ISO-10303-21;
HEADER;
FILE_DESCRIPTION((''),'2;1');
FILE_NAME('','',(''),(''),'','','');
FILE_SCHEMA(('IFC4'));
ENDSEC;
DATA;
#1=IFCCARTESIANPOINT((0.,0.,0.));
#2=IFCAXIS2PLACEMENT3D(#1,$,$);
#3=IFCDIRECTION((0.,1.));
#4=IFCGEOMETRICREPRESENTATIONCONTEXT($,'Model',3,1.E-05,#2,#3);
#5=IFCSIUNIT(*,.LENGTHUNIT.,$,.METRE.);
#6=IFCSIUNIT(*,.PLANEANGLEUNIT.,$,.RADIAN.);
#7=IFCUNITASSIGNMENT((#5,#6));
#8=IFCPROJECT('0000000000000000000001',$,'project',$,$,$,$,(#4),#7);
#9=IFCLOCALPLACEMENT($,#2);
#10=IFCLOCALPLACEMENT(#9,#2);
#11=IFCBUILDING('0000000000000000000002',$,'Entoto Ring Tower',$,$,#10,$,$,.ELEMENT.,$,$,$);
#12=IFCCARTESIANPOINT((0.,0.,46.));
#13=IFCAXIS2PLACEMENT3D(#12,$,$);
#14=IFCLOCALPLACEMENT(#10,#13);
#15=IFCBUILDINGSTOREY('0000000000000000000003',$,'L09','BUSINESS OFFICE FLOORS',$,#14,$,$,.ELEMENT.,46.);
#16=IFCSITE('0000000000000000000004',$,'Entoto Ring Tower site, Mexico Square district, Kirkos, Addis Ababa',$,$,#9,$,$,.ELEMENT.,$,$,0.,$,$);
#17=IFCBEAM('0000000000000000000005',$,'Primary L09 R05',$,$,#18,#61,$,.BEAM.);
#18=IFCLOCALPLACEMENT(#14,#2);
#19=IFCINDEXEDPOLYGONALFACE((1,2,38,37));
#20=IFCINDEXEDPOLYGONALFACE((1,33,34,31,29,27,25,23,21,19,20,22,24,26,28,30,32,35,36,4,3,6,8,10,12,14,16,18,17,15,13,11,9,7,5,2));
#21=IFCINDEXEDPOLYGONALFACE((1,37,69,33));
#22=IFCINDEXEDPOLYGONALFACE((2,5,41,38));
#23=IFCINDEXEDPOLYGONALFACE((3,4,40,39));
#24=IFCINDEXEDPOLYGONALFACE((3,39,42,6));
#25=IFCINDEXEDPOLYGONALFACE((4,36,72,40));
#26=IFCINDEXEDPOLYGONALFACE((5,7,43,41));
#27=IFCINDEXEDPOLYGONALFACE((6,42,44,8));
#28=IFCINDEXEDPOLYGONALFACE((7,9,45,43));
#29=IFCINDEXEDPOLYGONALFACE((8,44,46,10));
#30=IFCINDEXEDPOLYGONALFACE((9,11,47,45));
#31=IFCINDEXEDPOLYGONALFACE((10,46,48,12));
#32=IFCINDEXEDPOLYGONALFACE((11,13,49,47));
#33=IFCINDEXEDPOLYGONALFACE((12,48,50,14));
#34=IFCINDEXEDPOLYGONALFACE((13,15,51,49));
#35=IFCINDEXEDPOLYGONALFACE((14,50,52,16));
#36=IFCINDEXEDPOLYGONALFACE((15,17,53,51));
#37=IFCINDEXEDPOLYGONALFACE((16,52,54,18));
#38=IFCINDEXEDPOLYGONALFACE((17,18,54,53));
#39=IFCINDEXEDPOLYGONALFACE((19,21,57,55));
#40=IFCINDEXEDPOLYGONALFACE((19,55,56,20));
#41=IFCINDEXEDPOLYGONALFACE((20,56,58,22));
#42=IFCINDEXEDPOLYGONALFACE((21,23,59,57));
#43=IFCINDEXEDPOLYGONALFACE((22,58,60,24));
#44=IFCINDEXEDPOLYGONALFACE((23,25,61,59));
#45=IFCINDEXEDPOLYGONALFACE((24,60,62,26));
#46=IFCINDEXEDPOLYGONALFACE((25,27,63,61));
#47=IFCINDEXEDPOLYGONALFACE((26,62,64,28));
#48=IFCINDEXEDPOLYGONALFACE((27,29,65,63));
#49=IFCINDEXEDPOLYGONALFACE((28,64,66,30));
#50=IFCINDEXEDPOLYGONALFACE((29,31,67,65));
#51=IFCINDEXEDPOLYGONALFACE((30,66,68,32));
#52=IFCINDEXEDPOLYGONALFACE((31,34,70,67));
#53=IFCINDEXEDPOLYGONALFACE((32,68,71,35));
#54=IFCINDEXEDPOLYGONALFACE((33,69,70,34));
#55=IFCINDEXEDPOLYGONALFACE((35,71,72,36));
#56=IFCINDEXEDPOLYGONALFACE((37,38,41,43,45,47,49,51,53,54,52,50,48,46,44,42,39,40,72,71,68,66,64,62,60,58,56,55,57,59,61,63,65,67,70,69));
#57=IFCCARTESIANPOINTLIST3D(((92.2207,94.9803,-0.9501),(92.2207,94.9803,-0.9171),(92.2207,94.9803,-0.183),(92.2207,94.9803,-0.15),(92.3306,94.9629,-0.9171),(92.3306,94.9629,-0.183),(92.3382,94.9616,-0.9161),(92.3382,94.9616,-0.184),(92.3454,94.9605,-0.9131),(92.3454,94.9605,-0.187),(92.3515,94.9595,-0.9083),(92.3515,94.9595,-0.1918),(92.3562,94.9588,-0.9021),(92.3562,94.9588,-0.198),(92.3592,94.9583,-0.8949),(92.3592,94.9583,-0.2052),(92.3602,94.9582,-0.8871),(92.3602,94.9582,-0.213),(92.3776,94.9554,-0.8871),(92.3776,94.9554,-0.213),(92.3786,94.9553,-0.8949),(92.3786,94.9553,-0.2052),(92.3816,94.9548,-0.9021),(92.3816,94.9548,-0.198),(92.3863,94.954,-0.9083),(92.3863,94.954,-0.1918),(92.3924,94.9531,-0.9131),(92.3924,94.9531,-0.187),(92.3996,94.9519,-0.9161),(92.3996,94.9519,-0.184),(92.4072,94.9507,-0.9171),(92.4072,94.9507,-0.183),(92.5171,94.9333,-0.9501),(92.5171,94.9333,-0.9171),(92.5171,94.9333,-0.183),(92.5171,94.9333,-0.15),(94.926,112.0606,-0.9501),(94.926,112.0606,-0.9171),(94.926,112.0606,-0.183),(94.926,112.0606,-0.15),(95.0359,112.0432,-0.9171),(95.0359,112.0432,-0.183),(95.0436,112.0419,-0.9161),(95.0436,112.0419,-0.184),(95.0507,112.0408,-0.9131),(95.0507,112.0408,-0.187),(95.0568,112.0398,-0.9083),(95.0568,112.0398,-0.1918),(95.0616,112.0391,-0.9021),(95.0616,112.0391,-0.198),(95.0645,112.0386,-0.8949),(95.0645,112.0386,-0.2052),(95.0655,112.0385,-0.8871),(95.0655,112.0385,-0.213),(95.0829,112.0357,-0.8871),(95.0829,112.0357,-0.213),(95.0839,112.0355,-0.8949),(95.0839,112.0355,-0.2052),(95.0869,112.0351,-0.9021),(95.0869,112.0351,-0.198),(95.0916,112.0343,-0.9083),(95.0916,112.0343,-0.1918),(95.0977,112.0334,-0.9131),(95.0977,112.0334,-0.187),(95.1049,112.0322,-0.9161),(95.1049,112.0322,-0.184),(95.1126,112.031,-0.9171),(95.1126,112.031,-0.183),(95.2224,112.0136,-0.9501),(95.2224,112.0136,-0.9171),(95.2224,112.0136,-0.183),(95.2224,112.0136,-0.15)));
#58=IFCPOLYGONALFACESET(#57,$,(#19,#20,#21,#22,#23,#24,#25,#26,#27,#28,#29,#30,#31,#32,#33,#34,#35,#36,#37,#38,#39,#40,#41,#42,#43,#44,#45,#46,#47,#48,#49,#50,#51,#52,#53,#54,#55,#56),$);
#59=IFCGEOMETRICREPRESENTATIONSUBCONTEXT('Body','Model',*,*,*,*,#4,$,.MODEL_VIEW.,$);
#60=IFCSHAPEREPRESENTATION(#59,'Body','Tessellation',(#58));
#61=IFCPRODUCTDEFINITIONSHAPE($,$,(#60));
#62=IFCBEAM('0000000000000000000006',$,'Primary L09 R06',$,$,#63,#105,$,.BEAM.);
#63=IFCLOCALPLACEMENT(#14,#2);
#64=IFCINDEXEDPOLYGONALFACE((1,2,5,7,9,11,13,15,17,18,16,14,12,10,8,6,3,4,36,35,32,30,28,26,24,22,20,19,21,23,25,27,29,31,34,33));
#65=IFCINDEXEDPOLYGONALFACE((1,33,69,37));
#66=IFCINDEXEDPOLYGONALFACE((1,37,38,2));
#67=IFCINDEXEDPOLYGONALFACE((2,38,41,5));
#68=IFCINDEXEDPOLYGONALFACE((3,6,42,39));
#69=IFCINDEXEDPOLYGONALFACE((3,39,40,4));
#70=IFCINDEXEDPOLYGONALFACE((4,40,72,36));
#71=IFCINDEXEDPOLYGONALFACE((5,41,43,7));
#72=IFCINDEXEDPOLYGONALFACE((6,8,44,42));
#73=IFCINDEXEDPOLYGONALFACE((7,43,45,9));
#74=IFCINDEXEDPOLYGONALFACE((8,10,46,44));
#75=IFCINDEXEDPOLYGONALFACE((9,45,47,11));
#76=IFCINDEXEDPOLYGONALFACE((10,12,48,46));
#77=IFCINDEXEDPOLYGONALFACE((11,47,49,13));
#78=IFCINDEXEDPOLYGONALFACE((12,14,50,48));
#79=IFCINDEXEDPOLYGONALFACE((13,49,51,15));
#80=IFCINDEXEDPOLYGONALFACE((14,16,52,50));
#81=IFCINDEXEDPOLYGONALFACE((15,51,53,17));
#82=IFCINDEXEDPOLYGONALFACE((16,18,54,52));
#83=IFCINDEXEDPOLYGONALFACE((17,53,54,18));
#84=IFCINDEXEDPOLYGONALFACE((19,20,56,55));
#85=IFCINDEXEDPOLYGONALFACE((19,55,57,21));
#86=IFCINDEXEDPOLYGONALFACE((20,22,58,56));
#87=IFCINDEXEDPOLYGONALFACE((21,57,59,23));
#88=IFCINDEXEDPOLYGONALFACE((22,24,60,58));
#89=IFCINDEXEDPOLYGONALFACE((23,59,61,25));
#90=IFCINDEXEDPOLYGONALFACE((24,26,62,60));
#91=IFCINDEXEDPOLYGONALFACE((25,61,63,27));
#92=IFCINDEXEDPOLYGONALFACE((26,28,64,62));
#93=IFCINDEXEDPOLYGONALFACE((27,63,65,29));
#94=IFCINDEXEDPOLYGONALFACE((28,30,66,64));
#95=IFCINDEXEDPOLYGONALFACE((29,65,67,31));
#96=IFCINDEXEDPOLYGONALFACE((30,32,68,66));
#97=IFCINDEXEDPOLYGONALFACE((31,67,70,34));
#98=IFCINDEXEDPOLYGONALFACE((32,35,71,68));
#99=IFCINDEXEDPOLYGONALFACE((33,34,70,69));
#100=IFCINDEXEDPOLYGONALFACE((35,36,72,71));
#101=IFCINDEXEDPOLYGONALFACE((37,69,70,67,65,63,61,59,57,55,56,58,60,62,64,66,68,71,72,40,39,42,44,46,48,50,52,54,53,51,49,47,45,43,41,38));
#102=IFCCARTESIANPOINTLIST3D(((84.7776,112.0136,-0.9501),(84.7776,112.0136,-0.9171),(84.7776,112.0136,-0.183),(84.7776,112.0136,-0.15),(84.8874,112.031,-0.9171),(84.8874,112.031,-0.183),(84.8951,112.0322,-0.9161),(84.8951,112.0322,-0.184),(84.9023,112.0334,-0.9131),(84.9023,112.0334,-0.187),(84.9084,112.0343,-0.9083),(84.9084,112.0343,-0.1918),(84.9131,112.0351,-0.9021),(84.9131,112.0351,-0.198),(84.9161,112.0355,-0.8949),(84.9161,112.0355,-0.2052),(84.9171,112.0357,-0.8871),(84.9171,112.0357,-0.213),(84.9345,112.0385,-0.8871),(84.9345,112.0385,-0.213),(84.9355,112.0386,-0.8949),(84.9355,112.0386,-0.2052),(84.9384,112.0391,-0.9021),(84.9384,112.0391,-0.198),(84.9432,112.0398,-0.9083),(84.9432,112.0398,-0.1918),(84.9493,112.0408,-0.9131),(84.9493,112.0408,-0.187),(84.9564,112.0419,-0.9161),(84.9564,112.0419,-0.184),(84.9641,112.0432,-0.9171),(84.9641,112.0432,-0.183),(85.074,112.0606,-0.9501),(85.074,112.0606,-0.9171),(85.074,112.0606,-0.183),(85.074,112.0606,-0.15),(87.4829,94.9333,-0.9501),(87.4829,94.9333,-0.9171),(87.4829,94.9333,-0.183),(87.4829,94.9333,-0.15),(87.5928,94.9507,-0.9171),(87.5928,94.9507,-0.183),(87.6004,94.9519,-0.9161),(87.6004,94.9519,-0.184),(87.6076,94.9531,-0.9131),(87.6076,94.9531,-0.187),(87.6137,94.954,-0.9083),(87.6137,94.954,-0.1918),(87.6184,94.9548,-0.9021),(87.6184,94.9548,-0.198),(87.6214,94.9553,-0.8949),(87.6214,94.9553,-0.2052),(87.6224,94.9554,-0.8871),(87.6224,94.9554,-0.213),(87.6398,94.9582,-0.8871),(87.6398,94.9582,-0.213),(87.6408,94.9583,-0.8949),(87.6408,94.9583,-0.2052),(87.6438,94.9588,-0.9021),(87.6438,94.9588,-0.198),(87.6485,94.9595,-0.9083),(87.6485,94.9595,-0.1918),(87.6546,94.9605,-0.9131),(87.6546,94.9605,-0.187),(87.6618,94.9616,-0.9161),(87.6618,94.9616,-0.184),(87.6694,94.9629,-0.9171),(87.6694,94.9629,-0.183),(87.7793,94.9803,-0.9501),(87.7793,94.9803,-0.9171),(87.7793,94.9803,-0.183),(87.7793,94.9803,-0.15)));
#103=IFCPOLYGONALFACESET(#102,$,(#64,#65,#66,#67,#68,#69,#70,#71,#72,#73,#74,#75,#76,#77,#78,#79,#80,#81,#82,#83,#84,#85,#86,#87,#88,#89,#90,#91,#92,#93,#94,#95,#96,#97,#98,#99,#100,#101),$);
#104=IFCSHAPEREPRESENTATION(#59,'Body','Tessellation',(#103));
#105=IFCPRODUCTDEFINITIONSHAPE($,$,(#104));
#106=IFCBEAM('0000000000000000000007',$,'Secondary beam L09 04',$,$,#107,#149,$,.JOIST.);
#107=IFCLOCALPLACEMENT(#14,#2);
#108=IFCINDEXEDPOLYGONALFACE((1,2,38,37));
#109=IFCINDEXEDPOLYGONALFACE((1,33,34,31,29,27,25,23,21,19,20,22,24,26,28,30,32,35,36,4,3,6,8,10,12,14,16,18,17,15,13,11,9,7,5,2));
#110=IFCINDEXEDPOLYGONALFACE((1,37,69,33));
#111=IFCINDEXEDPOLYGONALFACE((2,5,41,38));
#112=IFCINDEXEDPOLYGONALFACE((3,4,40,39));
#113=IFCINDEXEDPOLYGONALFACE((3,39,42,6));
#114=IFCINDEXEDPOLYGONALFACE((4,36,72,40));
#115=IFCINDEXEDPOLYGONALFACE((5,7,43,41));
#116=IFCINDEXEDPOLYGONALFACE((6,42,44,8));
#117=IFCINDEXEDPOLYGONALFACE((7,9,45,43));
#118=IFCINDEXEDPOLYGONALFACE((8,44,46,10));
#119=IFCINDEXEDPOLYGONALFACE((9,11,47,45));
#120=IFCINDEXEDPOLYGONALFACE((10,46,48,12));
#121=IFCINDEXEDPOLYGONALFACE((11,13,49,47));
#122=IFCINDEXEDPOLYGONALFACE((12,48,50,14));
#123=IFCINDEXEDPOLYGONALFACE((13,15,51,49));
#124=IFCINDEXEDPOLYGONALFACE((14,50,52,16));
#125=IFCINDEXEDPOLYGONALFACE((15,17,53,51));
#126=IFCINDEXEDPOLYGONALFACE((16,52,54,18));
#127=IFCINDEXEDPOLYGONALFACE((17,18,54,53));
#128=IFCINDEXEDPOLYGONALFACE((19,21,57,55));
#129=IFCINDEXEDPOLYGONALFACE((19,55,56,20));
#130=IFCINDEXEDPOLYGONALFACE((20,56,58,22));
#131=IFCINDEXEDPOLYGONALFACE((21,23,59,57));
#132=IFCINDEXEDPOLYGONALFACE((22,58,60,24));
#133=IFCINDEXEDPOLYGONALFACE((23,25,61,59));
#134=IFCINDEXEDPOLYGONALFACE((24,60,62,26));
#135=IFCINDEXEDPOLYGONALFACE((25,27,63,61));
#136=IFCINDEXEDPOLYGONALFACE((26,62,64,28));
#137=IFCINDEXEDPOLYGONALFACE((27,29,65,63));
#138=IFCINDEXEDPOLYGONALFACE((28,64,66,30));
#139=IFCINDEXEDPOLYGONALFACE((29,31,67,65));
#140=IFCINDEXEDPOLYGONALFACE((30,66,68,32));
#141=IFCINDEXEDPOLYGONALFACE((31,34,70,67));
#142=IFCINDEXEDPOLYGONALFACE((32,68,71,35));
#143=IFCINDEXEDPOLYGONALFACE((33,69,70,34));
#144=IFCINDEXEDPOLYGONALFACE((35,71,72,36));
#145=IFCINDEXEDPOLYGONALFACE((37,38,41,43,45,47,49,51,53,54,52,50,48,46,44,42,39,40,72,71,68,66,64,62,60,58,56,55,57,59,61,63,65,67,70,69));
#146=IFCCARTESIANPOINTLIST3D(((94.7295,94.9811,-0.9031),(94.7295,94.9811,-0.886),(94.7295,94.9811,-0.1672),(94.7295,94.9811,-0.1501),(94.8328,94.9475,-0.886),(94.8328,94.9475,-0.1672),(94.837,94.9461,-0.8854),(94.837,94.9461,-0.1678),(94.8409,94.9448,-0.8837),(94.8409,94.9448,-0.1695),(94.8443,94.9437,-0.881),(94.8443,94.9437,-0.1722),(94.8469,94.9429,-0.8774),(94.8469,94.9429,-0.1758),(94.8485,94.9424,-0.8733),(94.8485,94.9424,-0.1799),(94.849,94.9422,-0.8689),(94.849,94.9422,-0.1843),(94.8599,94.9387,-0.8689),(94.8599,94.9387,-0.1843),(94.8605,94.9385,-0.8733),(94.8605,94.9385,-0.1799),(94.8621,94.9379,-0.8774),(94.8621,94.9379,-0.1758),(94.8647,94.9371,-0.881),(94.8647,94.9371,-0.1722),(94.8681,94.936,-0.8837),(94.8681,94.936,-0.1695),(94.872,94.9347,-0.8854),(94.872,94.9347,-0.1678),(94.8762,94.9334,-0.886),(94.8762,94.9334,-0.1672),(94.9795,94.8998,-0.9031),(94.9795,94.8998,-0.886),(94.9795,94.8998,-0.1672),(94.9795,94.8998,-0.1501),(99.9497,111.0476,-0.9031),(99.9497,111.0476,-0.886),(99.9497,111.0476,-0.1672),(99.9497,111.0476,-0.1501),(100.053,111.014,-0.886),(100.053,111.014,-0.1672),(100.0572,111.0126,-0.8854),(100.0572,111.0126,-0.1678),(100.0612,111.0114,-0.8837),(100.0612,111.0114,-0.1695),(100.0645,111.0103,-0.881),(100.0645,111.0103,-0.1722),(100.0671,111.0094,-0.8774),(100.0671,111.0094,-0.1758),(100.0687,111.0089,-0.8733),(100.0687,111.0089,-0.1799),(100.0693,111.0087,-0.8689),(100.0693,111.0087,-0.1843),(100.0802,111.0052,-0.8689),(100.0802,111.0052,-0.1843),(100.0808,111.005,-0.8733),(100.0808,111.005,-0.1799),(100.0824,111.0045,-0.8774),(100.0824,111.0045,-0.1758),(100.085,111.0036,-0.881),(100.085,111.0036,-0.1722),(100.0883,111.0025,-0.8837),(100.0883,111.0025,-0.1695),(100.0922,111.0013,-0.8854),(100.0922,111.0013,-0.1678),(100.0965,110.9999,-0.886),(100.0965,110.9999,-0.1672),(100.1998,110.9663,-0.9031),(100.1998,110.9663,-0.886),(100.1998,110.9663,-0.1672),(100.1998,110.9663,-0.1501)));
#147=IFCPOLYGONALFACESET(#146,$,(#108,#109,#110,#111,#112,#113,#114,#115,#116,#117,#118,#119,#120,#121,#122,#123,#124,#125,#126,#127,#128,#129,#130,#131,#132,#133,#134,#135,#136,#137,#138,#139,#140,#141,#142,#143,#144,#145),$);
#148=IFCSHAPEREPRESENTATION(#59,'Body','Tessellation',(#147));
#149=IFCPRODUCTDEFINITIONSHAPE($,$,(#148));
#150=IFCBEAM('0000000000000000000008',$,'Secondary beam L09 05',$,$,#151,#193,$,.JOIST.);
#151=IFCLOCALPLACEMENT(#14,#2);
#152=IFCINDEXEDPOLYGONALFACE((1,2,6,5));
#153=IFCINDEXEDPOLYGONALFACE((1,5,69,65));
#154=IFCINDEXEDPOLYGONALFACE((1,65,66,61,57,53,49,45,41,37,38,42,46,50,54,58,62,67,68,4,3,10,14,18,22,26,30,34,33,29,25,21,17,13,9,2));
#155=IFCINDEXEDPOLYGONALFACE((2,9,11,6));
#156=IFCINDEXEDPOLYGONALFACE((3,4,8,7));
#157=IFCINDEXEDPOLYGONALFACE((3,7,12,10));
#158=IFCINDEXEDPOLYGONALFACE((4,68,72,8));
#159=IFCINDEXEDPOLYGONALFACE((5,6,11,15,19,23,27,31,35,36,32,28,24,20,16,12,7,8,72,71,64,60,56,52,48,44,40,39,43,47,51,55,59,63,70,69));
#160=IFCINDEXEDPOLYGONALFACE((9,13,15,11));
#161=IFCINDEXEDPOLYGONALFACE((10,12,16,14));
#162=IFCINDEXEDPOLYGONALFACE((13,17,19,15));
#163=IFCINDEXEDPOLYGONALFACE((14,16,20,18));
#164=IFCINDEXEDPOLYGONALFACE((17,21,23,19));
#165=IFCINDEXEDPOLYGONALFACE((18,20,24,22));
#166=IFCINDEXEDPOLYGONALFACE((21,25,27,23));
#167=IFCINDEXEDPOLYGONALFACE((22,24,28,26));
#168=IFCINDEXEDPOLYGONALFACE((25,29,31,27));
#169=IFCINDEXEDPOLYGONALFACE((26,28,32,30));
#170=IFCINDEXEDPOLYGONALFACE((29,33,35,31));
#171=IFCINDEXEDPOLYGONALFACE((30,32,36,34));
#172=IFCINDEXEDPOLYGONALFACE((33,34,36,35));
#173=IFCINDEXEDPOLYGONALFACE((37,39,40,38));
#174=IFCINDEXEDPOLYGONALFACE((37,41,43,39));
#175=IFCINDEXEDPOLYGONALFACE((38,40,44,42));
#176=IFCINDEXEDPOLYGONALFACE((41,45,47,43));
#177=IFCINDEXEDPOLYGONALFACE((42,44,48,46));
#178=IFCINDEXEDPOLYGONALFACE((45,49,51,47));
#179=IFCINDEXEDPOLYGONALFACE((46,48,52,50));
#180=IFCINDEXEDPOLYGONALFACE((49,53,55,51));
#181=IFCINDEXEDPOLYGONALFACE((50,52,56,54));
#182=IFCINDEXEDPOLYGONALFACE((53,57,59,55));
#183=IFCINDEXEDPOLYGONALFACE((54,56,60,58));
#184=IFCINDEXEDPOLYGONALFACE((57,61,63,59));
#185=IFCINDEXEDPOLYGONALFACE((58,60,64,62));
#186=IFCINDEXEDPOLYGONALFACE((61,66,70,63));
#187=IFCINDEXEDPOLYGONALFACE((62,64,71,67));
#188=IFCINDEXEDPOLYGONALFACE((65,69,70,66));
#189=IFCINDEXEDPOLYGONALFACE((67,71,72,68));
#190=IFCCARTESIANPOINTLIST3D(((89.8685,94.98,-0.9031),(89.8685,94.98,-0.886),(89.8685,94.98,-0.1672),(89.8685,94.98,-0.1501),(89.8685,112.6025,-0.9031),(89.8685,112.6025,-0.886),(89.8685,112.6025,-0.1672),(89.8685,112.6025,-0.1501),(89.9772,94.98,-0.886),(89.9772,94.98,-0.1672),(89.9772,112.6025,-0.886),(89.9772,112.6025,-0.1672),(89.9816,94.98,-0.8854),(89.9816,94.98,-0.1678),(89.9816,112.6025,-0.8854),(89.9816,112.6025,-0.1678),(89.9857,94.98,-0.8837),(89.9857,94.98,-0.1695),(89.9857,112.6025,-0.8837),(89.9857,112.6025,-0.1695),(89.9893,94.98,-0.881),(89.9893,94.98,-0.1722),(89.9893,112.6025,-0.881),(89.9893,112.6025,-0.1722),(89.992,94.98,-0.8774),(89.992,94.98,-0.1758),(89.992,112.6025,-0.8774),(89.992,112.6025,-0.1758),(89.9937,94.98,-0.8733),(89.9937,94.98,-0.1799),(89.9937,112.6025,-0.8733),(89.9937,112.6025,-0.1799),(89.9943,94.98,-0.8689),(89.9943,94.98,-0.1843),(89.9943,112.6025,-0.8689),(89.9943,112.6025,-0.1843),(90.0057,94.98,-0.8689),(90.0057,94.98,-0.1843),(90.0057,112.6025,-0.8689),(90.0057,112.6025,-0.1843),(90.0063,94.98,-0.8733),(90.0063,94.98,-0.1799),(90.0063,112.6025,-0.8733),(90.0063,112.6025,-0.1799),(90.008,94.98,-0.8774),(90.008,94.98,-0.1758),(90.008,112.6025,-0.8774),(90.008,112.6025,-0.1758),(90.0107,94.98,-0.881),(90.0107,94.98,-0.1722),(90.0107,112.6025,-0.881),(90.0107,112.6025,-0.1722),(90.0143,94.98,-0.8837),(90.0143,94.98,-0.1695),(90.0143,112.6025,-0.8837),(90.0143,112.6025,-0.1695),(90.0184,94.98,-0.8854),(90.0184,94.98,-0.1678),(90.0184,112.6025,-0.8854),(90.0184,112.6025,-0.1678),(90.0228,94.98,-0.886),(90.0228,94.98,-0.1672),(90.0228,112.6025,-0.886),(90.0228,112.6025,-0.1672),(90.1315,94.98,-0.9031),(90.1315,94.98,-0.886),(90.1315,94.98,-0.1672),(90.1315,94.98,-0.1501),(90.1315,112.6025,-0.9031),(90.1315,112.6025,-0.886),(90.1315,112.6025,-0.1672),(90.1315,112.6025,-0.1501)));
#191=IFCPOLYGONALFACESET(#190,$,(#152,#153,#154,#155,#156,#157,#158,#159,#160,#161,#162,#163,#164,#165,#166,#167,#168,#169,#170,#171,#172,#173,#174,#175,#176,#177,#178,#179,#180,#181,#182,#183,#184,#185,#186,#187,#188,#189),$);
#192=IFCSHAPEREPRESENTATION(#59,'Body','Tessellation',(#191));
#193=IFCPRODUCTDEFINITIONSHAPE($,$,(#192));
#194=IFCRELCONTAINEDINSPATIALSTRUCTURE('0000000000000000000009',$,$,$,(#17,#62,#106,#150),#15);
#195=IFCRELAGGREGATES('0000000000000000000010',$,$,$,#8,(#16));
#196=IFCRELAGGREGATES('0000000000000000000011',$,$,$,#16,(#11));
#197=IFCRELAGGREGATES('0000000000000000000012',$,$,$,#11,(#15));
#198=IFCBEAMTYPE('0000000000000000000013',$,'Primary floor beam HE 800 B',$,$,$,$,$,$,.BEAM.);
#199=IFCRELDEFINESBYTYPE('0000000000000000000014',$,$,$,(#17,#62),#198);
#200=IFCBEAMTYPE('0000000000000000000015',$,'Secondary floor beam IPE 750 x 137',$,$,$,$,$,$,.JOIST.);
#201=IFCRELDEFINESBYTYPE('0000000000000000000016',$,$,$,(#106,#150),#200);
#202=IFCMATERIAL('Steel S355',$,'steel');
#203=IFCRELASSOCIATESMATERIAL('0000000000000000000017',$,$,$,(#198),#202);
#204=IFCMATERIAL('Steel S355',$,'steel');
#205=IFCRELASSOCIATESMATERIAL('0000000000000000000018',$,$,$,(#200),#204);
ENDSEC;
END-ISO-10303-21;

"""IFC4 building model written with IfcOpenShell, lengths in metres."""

from ifc_helpers import new_model, si_unit, direction, frame, origin, origin_2d, place, context, subcontext, project, spatial, i_section, extrude, material, material_profile, profile_set, type_object, element, save


model = new_model("IFC4")

# Units and contexts
model_context = context("Model", 3, precision=1e-05, world=origin(), true_north=direction((0.0, 1.0)))
body_context = subcontext(model_context, "Body", "Model", "MODEL_VIEW")
ifc_project = project(units=[si_unit("LENGTHUNIT", "METRE"), si_unit("PLANEANGLEUNIT", "RADIAN")], contexts=[model_context])

# Site, building, storey
site_placement = place(None, origin())
site = spatial("IfcSite", under=ifc_project, at=site_placement, Name="Entoto Ring Tower site, Mexico Square district, Kirkos, Addis Ababa", CompositionType="ELEMENT", RefElevation=0.0)
building_placement = place(site_placement, origin())
building = spatial("IfcBuilding", under=site, at=building_placement, Name="Entoto Ring Tower", CompositionType="ELEMENT")
storey_placement = place(building_placement, frame((0.0, 0.0, 46.0)))
storey = spatial("IfcBuildingStorey", under=building, at=storey_placement, Name="L09", Description="BUSINESS OFFICE FLOORS", CompositionType="ELEMENT", Elevation=46.0)

# Beams
ifc_material_1 = material(Name="Steel S355", Category="steel")
ifc_material_profile_1 = material_profile(ifc_material_1, i_section(OverallWidth=0.3, OverallDepth=0.8, WebThickness=0.0176, FlangeThickness=0.033, FilletRadius=0.03, at=origin_2d()), Name="HE 800 B")
ifc_profile_set_1 = profile_set([ifc_material_profile_1], Name="Steel S355")
beam_type_1 = type_object("IfcBeamType", Name="Primary floor beam HE 800 B", PredefinedType="BEAM", material=ifc_profile_set_1)
for number, where, z_axis, x_axis, name in (
    (1, (92.3689, 94.9568, -0.55), (0.156438, 0.987688, 0.0), (-0.987688, 0.156438, 0.0), "Primary L09 R05"),
    (2, (87.6311, 94.9568, -0.55), (-0.156438, 0.987688, 0.0), (-0.987688, -0.156438, 0.0), "Primary L09 R06"),
):
    element("IfcBeam", number, at=place(storey_placement, frame(where, z_axis=z_axis, x_axis=x_axis)), inside=storey, type_object=beam_type_1, Name=name, PredefinedType="BEAM", context=body_context, shape_type="SweptSolid", body=[
        extrude(i_section(OverallWidth=0.3, OverallDepth=0.8, WebThickness=0.0176, FlangeThickness=0.033, FilletRadius=0.03, at=origin_2d()), origin(), (0.0, 0.0, 1.0), 17.2932),
    ])
ifc_material_2 = material(Name="Steel S355", Category="steel")
ifc_material_profile_2 = material_profile(ifc_material_2, i_section(OverallWidth=0.2629, OverallDepth=0.7529, WebThickness=0.0115, FlangeThickness=0.0171, FilletRadius=0.0171, at=origin_2d()), Name="IPE 750 x 137")
ifc_profile_set_2 = profile_set([ifc_material_profile_2], Name="Steel S355")
beam_type_2 = type_object("IfcBeamType", Name="Secondary floor beam IPE 750 x 137", PredefinedType="JOIST", material=ifc_profile_set_2)
beam_1_placement = place(storey_placement, frame((94.8545, 94.9404, -0.5266), z_axis=(0.309013, 0.951058, 0.0), x_axis=(-0.951058, 0.309013, 0.0)))
element("IfcBeam", 3, at=beam_1_placement, inside=storey, type_object=beam_type_2, Name="Secondary beam L09 04", PredefinedType="JOIST", context=body_context, shape_type="SweptSolid", body=[
    extrude(i_section(OverallWidth=0.2629, OverallDepth=0.7529, WebThickness=0.0115, FlangeThickness=0.0171, FilletRadius=0.0171, at=origin_2d()), origin(), (0.0, 0.0, 1.0), 16.8933),
])
beam_2_placement = place(storey_placement, frame((90.0, 94.98, -0.5266), z_axis=(0.0, 1.0, 0.0), x_axis=(-1.0, 0.0, 0.0)))
element("IfcBeam", 4, at=beam_2_placement, inside=storey, type_object=beam_type_2, Name="Secondary beam L09 05", PredefinedType="JOIST", context=body_context, shape_type="SweptSolid", body=[
    extrude(i_section(OverallWidth=0.2629, OverallDepth=0.7529, WebThickness=0.0115, FlangeThickness=0.0171, FilletRadius=0.0171, at=origin_2d()), origin(), (0.0, 0.0, 1.0), 17.6226),
])

save(model, "model.ifc")
